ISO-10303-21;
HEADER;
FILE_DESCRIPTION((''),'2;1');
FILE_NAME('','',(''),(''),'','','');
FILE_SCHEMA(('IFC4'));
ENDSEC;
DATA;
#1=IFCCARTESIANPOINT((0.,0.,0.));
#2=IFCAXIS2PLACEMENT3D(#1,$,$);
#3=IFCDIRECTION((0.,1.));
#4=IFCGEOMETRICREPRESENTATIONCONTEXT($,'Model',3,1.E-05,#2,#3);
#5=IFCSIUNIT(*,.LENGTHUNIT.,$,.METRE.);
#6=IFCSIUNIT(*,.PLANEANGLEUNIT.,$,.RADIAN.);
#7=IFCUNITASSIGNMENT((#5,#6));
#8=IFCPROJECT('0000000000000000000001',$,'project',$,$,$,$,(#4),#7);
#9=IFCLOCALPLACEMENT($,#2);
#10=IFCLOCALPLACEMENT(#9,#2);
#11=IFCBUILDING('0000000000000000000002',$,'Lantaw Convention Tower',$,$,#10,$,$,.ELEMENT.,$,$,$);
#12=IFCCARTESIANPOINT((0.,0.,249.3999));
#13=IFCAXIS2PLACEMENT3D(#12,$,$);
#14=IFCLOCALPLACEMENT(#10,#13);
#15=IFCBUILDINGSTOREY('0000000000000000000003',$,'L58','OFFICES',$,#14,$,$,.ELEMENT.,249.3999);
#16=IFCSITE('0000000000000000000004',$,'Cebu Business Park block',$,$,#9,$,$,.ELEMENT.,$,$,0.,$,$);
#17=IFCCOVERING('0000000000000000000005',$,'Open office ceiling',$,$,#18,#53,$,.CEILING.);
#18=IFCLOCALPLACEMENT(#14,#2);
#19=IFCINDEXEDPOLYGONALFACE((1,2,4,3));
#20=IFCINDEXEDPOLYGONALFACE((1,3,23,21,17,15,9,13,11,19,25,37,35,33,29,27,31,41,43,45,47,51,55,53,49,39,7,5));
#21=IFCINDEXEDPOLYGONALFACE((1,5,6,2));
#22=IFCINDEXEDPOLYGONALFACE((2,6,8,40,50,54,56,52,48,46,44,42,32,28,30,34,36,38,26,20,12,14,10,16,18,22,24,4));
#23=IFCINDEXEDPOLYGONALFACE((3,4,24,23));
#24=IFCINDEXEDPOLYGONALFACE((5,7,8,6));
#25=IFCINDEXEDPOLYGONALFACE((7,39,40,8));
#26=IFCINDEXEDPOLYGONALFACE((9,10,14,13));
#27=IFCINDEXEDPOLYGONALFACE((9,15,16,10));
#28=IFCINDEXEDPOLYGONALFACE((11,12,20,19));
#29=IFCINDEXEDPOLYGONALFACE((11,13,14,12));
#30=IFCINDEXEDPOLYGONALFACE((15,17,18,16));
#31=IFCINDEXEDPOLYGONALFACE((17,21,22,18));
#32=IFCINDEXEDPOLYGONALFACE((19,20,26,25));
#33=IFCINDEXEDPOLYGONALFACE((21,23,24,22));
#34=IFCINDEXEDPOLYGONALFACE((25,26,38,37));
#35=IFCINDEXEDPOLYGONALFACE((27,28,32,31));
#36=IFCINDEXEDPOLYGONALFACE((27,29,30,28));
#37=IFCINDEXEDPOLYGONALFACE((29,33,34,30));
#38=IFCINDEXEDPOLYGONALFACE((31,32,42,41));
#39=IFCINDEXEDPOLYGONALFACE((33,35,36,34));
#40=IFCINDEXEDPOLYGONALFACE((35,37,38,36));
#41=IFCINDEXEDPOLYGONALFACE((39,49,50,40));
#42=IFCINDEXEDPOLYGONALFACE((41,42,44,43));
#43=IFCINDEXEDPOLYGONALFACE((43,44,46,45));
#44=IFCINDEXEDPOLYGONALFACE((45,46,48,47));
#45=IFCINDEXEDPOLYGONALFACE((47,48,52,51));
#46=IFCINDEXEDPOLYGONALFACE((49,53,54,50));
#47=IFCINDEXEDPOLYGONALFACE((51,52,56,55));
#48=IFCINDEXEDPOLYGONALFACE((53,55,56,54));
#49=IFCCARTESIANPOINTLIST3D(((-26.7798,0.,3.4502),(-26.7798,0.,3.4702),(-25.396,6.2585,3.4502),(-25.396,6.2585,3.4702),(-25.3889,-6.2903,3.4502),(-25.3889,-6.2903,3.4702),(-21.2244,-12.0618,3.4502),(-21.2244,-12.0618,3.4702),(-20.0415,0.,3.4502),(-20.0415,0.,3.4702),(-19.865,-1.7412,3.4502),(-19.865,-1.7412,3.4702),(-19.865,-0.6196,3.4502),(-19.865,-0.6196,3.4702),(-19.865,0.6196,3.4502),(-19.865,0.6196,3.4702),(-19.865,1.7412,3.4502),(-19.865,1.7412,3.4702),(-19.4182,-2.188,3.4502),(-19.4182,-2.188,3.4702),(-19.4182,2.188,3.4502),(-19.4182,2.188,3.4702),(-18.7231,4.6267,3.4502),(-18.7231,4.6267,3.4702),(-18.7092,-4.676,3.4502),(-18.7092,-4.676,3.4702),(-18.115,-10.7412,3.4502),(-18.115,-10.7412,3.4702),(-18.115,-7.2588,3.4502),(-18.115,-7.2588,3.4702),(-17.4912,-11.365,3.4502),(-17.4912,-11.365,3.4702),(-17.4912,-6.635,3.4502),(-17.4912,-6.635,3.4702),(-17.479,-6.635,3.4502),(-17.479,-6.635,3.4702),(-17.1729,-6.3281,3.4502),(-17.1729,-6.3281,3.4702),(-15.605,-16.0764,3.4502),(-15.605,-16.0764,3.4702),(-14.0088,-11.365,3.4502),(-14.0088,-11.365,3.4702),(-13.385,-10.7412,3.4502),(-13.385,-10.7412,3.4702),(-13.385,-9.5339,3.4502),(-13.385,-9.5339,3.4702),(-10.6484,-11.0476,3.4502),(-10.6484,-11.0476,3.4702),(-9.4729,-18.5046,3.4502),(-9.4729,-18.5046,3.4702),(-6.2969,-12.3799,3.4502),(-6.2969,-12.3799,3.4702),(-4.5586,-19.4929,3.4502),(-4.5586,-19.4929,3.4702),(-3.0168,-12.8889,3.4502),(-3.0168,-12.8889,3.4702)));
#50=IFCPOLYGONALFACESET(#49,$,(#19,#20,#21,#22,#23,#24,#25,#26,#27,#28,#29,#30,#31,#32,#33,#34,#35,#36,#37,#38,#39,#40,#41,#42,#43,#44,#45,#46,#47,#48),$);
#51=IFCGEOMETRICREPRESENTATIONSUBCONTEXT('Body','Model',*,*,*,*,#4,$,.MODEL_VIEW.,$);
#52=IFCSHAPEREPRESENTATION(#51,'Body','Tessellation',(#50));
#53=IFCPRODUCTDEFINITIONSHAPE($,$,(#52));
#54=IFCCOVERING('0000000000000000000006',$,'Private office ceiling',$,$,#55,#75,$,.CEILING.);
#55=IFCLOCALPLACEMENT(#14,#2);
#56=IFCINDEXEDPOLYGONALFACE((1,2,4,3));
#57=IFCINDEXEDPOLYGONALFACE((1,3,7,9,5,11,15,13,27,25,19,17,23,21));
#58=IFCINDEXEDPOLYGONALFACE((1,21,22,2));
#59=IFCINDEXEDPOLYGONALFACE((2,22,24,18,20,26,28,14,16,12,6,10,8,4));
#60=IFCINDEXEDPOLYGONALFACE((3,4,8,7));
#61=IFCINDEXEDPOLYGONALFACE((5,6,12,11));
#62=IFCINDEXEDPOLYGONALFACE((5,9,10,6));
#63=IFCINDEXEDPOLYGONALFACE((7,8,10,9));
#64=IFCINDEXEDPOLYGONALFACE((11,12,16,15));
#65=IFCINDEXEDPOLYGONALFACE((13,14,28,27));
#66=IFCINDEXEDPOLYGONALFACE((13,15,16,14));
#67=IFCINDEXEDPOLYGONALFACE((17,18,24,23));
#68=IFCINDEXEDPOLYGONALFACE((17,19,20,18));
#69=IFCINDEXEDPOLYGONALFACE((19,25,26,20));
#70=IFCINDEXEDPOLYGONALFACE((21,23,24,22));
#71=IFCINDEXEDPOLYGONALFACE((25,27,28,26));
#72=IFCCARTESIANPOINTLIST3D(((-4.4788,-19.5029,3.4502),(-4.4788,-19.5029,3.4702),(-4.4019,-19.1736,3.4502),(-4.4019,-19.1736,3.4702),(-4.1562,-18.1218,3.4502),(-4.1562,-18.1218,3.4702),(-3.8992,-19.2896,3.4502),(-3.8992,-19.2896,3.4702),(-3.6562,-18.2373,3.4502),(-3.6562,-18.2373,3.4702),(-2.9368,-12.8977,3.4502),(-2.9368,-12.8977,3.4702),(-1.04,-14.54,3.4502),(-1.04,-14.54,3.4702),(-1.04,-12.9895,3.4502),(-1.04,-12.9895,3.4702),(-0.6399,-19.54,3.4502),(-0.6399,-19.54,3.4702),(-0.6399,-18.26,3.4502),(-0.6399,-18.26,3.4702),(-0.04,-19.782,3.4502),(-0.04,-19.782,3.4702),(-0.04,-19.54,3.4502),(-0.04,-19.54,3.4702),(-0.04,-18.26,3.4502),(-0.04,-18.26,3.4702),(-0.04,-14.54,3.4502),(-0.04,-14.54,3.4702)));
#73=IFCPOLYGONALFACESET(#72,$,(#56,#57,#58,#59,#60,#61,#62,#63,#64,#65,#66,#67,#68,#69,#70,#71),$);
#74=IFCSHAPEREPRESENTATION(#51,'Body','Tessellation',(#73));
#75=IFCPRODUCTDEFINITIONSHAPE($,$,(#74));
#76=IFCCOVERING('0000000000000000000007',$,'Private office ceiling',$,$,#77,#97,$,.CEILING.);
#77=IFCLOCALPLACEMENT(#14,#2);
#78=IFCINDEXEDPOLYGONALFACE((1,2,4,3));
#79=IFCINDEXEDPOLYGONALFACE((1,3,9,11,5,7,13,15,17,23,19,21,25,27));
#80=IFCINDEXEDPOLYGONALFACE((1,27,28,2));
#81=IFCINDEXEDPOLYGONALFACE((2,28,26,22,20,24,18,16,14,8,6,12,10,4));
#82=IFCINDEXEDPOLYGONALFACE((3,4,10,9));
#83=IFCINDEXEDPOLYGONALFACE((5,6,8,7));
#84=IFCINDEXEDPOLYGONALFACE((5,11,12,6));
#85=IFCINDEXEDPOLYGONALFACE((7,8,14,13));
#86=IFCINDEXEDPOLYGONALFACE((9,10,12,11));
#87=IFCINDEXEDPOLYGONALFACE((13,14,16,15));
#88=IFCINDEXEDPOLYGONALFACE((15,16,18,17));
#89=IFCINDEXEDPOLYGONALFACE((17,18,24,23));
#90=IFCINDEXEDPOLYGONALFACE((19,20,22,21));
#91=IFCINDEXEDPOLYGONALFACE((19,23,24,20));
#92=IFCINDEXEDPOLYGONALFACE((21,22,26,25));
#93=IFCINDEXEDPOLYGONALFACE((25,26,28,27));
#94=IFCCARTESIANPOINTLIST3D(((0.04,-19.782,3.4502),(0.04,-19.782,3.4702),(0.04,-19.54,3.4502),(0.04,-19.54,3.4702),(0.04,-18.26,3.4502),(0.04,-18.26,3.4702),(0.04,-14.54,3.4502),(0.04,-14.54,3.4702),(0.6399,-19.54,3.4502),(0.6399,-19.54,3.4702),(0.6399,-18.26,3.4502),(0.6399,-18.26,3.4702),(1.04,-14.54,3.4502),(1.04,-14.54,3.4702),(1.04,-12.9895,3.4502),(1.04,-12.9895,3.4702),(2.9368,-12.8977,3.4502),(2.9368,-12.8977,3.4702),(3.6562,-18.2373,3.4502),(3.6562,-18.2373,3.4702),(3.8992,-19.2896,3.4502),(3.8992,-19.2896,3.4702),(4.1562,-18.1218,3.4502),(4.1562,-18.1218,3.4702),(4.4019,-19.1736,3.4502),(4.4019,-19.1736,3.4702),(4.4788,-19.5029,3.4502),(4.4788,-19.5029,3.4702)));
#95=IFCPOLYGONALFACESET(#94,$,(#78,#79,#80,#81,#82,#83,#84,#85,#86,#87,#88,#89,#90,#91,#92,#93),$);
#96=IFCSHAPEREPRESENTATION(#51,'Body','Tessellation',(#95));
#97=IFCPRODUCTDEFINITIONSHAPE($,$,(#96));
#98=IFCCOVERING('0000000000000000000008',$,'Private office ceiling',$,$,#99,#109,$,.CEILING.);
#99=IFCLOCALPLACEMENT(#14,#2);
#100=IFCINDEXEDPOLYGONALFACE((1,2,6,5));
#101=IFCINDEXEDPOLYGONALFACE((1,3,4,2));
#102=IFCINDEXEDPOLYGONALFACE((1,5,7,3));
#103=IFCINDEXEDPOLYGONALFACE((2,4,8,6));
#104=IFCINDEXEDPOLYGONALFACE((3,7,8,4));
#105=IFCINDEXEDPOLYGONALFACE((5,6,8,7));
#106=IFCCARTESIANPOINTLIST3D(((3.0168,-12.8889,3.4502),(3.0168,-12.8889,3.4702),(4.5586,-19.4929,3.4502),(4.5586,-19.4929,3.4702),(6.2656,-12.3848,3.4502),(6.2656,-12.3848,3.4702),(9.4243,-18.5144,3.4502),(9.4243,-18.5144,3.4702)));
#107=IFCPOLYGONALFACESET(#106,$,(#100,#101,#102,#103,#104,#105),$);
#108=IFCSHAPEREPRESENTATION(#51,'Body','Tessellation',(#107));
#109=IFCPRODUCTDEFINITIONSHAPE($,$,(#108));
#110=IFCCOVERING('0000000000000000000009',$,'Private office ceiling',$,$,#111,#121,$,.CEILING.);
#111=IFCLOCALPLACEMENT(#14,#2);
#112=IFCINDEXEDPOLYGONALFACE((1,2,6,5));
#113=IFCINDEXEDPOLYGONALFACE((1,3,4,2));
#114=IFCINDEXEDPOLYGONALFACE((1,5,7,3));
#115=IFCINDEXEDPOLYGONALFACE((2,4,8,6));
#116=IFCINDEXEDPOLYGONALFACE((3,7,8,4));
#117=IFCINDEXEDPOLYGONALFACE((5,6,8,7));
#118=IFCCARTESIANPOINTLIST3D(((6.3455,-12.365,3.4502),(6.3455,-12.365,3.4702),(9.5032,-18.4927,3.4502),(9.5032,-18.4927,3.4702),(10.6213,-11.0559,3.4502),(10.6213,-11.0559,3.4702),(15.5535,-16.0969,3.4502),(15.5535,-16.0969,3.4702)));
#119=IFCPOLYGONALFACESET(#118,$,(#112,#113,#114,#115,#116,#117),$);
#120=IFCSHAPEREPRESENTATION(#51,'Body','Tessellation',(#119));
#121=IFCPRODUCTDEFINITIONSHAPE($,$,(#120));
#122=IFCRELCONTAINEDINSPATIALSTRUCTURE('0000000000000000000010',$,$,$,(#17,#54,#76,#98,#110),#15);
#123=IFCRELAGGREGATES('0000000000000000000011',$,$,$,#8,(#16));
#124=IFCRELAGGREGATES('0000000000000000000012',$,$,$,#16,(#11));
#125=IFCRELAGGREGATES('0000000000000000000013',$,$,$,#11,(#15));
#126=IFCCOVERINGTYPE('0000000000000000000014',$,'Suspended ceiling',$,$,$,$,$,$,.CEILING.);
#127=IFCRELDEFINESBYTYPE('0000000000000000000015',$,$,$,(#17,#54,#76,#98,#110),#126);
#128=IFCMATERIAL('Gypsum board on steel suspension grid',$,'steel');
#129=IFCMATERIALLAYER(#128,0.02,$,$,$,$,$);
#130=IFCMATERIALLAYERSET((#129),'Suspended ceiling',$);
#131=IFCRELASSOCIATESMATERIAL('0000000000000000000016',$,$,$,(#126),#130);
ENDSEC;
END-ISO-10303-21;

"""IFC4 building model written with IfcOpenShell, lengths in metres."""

from ifc_helpers import new_model, si_unit, direction, frame, origin, place, context, subcontext, project, spatial, polyline, outline, extrude, material, layer, layer_set, type_object, element, save


model = new_model("IFC4")

# Units and contexts
model_context = context("Model", 3, precision=1e-05, world=origin(), true_north=direction((0.0, 1.0)))
body_context = subcontext(model_context, "Body", "Model", "MODEL_VIEW")
ifc_project = project(units=[si_unit("LENGTHUNIT", "METRE"), si_unit("PLANEANGLEUNIT", "RADIAN")], contexts=[model_context])

# Site, building, storey
site_placement = place(None, origin())
site = spatial("IfcSite", under=ifc_project, at=site_placement, Name="Cebu Business Park block", CompositionType="ELEMENT", RefElevation=0.0)
building_placement = place(site_placement, origin())
building = spatial("IfcBuilding", under=site, at=building_placement, Name="Lantaw Convention Tower", CompositionType="ELEMENT")
storey_placement = place(building_placement, frame((0.0, 0.0, 249.3999)))
storey = spatial("IfcBuildingStorey", under=building, at=storey_placement, Name="L58", Description="OFFICES", CompositionType="ELEMENT", Elevation=249.3999)

# Coverings
ifc_material_1 = material(Name="Gypsum board on steel suspension grid", Category="steel")
ifc_layer_1 = layer(ifc_material_1, 0.02)
ifc_layer_set_1 = layer_set([ifc_layer_1], Name="Suspended ceiling")
covering_type = type_object("IfcCoveringType", Name="Suspended ceiling", PredefinedType="CEILING", material=ifc_layer_set_1)
covering_1_placement = place(storey_placement, frame((0.0, 0.0, 3.4502)))
element("IfcCovering", 1, at=covering_1_placement, inside=storey, type_object=covering_type, Name="Open office ceiling", PredefinedType="CEILING", context=body_context, shape_type="SweptSolid", body=[
    extrude(outline(polyline([(-19.865, 0.6196), (-19.865, 1.7412), (-19.4182, 2.188), (-18.7231, 4.6267), (-25.396, 6.2585), (-26.7798, 0.0), (-25.3889, -6.2903), (-21.2244, -12.0618), (-15.605, -16.0764), (-9.4729, -18.5046), (-4.5586, -19.4929), (-3.0168, -12.8889), (-6.2969, -12.3799), (-10.6484, -11.0476), (-13.385, -9.5339), (-13.385, -10.7412), (-14.0088, -11.365), (-17.4912, -11.365), (-18.115, -10.7412), (-18.115, -7.2588), (-17.4912, -6.635), (-17.479, -6.635), (-17.1729, -6.3281), (-18.7092, -4.676), (-19.4182, -2.188), (-19.865, -1.7412), (-19.865, -0.6196), (-20.0415, 0.0), (-19.865, 0.6196)])), origin(), (0.0, 0.0, 1.0), 0.02),
])
covering_2_placement = place(storey_placement, frame((0.0, 0.0, 3.4502)))
element("IfcCovering", 2, at=covering_2_placement, inside=storey, type_object=covering_type, Name="Private office ceiling", PredefinedType="CEILING", context=body_context, shape_type="SweptSolid", body=[
    extrude(outline(polyline([(-1.04, -12.9895), (-2.9368, -12.8977), (-4.1562, -18.1218), (-3.6562, -18.2373), (-3.8992, -19.2896), (-4.4019, -19.1736), (-4.4788, -19.5029), (-0.04, -19.782), (-0.04, -19.54), (-0.6399, -19.54), (-0.6399, -18.26), (-0.04, -18.26), (-0.04, -14.54), (-1.04, -14.54), (-1.04, -12.9895)])), origin(), (0.0, 0.0, 1.0), 0.02),
])
covering_3_placement = place(storey_placement, frame((0.0, 0.0, 3.4502)))
element("IfcCovering", 3, at=covering_3_placement, inside=storey, type_object=covering_type, Name="Private office ceiling", PredefinedType="CEILING", context=body_context, shape_type="SweptSolid", body=[
    extrude(outline(polyline([(2.9368, -12.8977), (1.04, -12.9895), (1.04, -14.54), (0.04, -14.54), (0.04, -18.26), (0.6399, -18.26), (0.6399, -19.54), (0.04, -19.54), (0.04, -19.782), (4.4788, -19.5029), (4.4019, -19.1736), (3.8992, -19.2896), (3.6562, -18.2373), (4.1562, -18.1218), (2.9368, -12.8977)])), origin(), (0.0, 0.0, 1.0), 0.02),
])
covering_4_placement = place(storey_placement, frame((0.0, 0.0, 3.4502)))
element("IfcCovering", 4, at=covering_4_placement, inside=storey, type_object=covering_type, Name="Private office ceiling", PredefinedType="CEILING", context=body_context, shape_type="SweptSolid", body=[
    extrude(outline(polyline([(3.0168, -12.8889), (4.5586, -19.4929), (9.4243, -18.5144), (6.2656, -12.3848), (3.0168, -12.8889)])), origin(), (0.0, 0.0, 1.0), 0.02),
])
covering_5_placement = place(storey_placement, frame((0.0, 0.0, 3.4502)))
element("IfcCovering", 5, at=covering_5_placement, inside=storey, type_object=covering_type, Name="Private office ceiling", PredefinedType="CEILING", context=body_context, shape_type="SweptSolid", body=[
    extrude(outline(polyline([(6.3455, -12.365), (9.5032, -18.4927), (15.5535, -16.0969), (10.6213, -11.0559), (6.3455, -12.365)])), origin(), (0.0, 0.0, 1.0), 0.02),
])

save(model, "model.ifc")
